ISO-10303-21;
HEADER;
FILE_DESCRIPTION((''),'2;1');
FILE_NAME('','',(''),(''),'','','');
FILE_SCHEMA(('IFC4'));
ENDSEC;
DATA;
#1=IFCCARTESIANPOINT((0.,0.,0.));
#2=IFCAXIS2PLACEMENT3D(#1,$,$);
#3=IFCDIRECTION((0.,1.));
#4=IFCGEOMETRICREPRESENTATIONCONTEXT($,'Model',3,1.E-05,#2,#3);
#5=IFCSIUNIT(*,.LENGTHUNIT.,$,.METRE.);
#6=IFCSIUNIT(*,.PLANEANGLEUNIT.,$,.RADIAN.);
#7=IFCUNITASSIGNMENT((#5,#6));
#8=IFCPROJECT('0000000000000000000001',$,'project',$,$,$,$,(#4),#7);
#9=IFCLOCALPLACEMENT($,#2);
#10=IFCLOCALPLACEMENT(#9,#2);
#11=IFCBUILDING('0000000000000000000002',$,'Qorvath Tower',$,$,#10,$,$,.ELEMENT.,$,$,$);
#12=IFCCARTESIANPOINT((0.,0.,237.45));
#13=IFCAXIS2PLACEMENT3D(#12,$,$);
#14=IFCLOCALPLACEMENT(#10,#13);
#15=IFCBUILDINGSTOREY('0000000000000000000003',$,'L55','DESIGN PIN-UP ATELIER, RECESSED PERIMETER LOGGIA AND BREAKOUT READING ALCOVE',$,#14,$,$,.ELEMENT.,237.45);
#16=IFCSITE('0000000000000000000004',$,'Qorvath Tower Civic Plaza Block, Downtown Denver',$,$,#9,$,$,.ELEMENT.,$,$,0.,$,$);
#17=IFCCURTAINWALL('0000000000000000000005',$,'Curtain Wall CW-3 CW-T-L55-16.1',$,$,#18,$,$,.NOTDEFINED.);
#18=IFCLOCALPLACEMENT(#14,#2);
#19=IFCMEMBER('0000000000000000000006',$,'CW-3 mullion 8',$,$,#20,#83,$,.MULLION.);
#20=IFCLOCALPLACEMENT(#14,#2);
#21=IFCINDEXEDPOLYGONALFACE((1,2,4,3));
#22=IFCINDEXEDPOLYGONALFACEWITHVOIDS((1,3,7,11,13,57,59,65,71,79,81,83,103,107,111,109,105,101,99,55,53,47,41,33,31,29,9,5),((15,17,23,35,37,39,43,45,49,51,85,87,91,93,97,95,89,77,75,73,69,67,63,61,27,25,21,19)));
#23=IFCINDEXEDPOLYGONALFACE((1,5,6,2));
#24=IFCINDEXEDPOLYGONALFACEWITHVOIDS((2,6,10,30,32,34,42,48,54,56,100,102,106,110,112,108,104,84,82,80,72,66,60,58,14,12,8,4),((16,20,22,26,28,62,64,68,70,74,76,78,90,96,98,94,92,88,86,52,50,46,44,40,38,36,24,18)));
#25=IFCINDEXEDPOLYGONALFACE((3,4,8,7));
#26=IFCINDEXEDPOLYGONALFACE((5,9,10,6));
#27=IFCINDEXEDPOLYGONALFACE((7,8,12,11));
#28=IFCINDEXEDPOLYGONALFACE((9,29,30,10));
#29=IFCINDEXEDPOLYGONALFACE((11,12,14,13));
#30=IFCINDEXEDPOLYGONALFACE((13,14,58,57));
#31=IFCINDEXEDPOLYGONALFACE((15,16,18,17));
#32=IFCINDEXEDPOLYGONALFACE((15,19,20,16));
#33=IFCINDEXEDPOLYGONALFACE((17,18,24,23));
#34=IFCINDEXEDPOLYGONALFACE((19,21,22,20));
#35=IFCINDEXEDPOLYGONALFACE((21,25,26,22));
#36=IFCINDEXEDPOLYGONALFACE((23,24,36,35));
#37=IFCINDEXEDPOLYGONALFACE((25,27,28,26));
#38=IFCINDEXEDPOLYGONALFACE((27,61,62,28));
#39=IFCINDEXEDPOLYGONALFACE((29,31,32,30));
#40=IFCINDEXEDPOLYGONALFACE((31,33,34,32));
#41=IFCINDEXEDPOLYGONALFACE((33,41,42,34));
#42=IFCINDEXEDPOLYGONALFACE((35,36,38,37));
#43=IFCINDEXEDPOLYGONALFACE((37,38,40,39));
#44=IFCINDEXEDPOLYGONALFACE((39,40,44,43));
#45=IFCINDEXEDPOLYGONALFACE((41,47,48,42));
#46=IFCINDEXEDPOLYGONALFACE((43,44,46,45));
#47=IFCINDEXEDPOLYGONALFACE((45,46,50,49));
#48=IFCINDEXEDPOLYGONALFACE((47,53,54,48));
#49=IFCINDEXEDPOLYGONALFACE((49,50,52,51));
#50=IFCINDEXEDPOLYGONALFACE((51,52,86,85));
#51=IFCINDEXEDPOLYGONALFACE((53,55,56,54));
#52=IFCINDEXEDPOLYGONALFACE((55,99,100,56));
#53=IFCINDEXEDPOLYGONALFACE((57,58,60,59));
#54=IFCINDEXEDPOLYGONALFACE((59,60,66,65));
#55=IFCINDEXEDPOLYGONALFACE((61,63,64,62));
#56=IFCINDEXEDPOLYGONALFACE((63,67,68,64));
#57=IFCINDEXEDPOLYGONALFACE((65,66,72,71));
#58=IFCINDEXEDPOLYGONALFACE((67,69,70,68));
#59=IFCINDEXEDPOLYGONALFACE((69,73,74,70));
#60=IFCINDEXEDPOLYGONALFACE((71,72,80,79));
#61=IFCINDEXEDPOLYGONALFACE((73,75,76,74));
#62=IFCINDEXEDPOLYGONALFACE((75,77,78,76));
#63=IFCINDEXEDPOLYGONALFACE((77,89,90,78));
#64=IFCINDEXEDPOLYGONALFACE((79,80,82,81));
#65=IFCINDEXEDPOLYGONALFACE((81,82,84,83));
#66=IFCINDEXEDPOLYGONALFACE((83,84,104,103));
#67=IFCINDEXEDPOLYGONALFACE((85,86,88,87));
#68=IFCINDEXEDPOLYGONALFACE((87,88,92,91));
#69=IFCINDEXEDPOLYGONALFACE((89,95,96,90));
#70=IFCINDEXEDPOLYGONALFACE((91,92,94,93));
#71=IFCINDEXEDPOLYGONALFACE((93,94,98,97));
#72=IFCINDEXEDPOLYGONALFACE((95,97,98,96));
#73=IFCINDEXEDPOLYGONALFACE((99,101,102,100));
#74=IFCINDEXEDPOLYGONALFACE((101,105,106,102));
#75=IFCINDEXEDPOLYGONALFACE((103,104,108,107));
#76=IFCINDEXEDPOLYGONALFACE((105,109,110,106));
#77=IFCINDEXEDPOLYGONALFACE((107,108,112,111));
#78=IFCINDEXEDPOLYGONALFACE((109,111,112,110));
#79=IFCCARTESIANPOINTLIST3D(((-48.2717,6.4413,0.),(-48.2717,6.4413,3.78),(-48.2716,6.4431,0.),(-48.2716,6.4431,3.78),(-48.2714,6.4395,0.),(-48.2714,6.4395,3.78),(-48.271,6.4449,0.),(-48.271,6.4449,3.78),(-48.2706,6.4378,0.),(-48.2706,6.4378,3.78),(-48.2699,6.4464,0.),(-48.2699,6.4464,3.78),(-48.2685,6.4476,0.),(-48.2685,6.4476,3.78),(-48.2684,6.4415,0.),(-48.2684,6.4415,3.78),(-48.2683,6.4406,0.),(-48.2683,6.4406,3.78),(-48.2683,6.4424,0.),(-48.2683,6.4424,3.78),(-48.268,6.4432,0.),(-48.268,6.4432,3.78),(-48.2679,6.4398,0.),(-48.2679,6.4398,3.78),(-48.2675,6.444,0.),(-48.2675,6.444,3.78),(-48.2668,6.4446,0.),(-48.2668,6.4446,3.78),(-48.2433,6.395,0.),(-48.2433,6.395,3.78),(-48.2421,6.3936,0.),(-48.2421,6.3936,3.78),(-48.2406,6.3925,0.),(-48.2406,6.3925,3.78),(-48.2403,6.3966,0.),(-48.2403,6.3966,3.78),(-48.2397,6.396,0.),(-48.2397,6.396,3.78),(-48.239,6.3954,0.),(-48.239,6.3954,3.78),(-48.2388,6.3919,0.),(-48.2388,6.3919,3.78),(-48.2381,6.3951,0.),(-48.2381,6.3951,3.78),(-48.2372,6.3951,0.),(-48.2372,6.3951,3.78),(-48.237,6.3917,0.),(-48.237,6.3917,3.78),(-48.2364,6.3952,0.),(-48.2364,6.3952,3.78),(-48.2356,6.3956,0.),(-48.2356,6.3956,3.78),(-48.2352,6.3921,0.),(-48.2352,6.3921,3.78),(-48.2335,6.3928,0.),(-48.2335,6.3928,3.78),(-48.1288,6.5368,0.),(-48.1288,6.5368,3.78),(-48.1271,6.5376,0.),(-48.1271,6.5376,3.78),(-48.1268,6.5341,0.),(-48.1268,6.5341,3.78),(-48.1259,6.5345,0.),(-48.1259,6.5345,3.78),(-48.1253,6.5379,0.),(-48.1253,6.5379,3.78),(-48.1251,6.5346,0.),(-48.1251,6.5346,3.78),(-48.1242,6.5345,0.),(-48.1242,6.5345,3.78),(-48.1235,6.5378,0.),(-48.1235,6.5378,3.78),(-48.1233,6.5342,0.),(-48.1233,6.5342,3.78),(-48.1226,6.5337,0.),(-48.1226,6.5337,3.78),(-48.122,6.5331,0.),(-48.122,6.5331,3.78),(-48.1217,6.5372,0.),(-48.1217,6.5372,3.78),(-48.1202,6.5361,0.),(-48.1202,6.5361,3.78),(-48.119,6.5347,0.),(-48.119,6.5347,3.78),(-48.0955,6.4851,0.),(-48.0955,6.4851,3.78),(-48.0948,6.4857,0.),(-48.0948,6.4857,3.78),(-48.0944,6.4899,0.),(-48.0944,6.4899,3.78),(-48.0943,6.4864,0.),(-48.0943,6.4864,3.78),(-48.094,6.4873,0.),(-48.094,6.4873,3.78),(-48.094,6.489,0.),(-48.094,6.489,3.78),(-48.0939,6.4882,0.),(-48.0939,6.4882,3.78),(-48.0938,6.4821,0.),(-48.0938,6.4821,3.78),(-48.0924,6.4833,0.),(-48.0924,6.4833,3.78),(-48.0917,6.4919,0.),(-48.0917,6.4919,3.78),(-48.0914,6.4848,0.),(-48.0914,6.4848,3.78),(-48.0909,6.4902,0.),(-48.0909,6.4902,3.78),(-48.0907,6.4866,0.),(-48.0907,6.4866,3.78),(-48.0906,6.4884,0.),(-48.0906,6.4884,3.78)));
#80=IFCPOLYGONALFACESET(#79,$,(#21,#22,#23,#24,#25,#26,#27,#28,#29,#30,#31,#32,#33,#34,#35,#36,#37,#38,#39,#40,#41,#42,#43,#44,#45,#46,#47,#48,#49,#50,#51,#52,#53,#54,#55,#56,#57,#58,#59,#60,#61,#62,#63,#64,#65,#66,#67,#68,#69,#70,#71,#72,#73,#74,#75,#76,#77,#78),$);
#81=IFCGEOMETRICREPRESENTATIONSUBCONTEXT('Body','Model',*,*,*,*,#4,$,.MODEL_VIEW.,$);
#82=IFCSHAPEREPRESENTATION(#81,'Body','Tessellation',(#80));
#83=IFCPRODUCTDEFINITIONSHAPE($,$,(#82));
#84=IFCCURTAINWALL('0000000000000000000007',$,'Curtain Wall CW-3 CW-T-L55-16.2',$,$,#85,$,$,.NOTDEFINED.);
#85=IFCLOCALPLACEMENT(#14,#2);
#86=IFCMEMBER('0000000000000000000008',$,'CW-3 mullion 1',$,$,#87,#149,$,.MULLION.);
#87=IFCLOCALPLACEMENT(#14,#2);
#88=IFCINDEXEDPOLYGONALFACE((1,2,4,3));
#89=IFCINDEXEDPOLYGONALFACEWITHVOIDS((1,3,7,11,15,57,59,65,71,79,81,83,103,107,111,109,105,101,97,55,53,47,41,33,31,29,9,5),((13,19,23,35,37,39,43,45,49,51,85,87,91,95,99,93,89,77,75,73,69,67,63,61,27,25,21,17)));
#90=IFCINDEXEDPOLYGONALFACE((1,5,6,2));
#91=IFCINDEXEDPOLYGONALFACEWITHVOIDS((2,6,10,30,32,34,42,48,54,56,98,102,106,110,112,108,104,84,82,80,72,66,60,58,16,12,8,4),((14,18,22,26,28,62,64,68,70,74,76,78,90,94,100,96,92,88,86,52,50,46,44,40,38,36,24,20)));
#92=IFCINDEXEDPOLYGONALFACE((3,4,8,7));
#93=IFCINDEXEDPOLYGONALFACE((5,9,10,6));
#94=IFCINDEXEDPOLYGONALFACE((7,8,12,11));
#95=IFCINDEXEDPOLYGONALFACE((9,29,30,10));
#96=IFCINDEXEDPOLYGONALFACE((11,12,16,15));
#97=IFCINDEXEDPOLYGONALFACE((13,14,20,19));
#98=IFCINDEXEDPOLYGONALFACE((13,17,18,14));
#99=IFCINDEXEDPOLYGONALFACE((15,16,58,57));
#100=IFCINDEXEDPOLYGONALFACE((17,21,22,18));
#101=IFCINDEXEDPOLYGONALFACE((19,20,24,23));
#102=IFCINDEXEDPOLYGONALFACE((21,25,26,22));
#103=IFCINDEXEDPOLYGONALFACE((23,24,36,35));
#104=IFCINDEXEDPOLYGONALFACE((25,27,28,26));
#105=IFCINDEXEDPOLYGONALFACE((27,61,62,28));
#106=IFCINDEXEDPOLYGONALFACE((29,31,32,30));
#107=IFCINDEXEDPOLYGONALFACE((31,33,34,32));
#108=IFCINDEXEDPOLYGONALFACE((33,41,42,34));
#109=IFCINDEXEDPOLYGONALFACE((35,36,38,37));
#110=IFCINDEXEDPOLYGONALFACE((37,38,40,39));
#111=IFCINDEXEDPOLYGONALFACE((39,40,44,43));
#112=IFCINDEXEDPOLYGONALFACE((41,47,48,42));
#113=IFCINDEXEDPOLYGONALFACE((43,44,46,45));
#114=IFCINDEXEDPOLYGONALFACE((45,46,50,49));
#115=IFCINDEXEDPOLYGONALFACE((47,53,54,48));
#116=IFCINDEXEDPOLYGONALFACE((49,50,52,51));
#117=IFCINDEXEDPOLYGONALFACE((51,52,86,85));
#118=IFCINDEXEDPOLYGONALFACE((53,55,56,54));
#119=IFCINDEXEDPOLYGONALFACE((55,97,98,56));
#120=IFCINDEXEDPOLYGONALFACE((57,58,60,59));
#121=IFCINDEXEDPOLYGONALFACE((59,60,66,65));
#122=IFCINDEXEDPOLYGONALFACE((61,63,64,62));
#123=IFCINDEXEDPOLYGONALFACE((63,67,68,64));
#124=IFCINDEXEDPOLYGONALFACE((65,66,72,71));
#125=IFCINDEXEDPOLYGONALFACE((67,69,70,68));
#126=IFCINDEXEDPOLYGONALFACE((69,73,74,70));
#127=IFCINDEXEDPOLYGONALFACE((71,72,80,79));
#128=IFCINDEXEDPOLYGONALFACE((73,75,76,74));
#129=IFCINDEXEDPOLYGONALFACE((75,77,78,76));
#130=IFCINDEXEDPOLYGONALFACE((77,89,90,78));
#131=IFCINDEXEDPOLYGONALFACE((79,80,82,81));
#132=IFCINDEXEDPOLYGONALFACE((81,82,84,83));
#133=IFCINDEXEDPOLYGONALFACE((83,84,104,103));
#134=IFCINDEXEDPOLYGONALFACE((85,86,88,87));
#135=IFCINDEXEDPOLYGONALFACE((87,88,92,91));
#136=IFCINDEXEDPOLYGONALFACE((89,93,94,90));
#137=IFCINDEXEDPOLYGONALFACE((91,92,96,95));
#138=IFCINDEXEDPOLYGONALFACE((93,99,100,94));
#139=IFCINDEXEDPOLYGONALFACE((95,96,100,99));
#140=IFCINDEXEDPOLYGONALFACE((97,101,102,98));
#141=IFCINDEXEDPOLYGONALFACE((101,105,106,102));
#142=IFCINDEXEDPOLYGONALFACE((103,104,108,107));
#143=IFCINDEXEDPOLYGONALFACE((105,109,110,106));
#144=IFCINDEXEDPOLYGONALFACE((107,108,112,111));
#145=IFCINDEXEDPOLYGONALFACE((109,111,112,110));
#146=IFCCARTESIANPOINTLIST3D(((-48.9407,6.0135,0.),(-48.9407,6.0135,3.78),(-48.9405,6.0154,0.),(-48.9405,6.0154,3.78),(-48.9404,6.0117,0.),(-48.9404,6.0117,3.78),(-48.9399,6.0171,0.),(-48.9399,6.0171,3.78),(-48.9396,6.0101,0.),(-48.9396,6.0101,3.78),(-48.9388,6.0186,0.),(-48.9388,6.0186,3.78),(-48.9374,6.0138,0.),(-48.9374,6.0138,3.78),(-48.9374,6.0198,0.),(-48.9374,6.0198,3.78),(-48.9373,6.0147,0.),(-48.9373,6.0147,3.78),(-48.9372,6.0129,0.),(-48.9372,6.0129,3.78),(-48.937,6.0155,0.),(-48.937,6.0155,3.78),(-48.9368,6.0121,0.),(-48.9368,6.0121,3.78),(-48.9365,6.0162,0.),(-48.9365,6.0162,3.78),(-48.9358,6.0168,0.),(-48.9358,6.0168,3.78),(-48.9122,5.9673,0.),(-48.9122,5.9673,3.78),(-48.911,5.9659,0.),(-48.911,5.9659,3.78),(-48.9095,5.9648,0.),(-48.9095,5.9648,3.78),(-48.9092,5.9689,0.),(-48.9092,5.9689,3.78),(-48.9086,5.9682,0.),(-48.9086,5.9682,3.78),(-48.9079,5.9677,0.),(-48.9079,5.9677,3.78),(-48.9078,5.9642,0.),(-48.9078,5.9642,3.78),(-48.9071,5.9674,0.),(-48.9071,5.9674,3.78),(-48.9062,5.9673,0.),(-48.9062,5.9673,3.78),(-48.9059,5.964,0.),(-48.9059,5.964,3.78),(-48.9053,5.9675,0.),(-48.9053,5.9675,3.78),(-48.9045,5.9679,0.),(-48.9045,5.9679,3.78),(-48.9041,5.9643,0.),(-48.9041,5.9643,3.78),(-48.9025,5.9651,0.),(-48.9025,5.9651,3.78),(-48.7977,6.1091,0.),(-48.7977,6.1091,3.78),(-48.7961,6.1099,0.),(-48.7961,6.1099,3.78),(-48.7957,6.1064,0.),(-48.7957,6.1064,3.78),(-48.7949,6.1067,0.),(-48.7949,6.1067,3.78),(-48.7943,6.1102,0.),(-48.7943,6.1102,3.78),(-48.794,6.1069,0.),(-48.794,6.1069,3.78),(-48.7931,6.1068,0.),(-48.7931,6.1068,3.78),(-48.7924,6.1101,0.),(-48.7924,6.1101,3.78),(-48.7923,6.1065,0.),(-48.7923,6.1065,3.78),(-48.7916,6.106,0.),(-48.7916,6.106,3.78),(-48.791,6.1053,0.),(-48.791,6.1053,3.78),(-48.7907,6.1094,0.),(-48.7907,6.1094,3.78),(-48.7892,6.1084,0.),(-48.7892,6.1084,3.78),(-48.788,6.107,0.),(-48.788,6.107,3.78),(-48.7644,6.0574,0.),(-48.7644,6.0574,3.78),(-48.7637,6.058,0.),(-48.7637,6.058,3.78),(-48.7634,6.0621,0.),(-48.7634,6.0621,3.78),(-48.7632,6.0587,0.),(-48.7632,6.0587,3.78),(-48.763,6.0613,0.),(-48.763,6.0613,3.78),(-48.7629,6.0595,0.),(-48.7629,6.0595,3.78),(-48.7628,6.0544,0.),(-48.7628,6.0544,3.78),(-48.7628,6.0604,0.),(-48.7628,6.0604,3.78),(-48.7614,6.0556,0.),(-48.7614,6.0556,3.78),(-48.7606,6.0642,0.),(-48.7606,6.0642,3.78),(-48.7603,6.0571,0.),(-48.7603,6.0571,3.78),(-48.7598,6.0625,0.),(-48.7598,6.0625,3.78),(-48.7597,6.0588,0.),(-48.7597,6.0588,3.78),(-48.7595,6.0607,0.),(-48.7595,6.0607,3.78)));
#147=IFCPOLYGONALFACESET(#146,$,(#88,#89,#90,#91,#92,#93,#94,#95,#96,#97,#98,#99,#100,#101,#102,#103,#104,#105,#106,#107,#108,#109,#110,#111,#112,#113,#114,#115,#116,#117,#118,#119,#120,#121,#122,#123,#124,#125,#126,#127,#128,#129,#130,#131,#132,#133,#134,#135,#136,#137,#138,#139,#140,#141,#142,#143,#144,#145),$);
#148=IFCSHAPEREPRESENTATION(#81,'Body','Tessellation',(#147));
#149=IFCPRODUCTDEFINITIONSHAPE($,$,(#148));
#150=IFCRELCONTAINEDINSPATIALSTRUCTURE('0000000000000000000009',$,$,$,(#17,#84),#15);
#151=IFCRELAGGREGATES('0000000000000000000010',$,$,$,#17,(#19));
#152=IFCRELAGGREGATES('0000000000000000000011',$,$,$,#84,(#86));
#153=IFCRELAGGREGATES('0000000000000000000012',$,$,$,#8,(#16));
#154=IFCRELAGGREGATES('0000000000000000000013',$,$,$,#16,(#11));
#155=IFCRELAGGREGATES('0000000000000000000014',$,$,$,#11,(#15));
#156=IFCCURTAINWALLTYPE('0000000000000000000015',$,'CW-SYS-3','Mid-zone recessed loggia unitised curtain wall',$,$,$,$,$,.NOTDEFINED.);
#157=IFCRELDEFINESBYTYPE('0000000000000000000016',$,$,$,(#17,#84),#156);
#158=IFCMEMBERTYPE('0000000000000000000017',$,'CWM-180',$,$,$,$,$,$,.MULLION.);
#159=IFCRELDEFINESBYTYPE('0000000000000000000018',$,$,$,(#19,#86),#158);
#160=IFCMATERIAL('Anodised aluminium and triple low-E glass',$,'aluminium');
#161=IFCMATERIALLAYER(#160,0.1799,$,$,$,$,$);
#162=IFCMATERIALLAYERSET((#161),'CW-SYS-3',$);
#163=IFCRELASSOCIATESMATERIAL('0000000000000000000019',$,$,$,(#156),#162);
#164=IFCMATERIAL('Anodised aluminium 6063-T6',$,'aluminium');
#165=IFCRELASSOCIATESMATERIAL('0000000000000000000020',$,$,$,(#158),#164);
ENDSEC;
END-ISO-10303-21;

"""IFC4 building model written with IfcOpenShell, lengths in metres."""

from ifc_helpers import new_model, si_unit, direction, frame, origin, origin_2d, place, context, subcontext, project, spatial, hollow_rectangle, extrude, material, layer, layer_set, material_profile, profile_set, type_object, element, aggregate, save


model = new_model("IFC4")

# Units and contexts
model_context = context("Model", 3, precision=1e-05, world=origin(), true_north=direction((0.0, 1.0)))
body_context = subcontext(model_context, "Body", "Model", "MODEL_VIEW")
ifc_project = project(units=[si_unit("LENGTHUNIT", "METRE"), si_unit("PLANEANGLEUNIT", "RADIAN")], contexts=[model_context])

# Site, building, storey
site_placement = place(None, origin())
site = spatial("IfcSite", under=ifc_project, at=site_placement, Name="Qorvath Tower Civic Plaza Block, Downtown Denver", CompositionType="ELEMENT", RefElevation=0.0)
building_placement = place(site_placement, origin())
building = spatial("IfcBuilding", under=site, at=building_placement, Name="Qorvath Tower", CompositionType="ELEMENT")
storey_placement = place(building_placement, frame((0.0, 0.0, 237.45)))
storey = spatial("IfcBuildingStorey", under=building, at=storey_placement, Name="L55", Description="DESIGN PIN-UP ATELIER, RECESSED PERIMETER LOGGIA AND BREAKOUT READING ALCOVE", CompositionType="ELEMENT", Elevation=237.45)

# Curtain walls, members
ifc_material_1 = material(Name="Anodised aluminium and triple low-E glass", Category="aluminium")
ifc_layer_1 = layer(ifc_material_1, 0.1799)
ifc_layer_set_1 = layer_set([ifc_layer_1], Name="CW-SYS-3")
curtain_wall_type = type_object("IfcCurtainWallType", Name="CW-SYS-3", Description="Mid-zone recessed loggia unitised curtain wall", PredefinedType="NOTDEFINED", material=ifc_layer_set_1)
curtain_wall_1_placement = place(storey_placement, origin())
curtain_wall_1 = element("IfcCurtainWall", 1, at=curtain_wall_1_placement, inside=storey, type_object=curtain_wall_type, Name="Curtain Wall CW-3 CW-T-L55-16.1", PredefinedType="NOTDEFINED")
ifc_material_2 = material(Name="Anodised aluminium 6063-T6", Category="aluminium")
ifc_material_profile_1 = material_profile(ifc_material_2, hollow_rectangle(XDim=0.0649, YDim=0.1799, WallThickness=0.0034, InnerFilletRadius=0.0034, OuterFilletRadius=0.0071, at=origin_2d()), Name="CWM 180x65")
ifc_profile_set_1 = profile_set([ifc_material_profile_1], Name="Anodised aluminium 6063-T6")
member_type_1 = type_object("IfcMemberType", Name="CWM-180", PredefinedType="MULLION", material=ifc_profile_set_1)
member_1_placement = place(storey_placement, frame((-48.1812, 6.4648, 0.0), z_axis=(0.0, 0.0, 1.0), x_axis=(0.538529, -0.842607, 0.0)))
member_1 = element("IfcMember", 2, at=member_1_placement, type_object=member_type_1, Name="CW-3 mullion 8", PredefinedType="MULLION", context=body_context, shape_type="SweptSolid", body=[
    extrude(hollow_rectangle(XDim=0.0649, YDim=0.1799, WallThickness=0.0034, InnerFilletRadius=0.0034, OuterFilletRadius=0.0071, at=origin_2d()), origin(), (0.0, 0.0, 1.0), 3.78),
])
curtain_wall_2_placement = place(storey_placement, origin())
curtain_wall_2 = element("IfcCurtainWall", 3, at=curtain_wall_2_placement, inside=storey, type_object=curtain_wall_type, Name="Curtain Wall CW-3 CW-T-L55-16.2", PredefinedType="NOTDEFINED")
member_2_placement = place(storey_placement, frame((-48.8501, 6.0371, 0.0), z_axis=(0.0, 0.0, 1.0), x_axis=(0.538538, -0.842601, 0.0)))
member_2 = element("IfcMember", 4, at=member_2_placement, type_object=member_type_1, Name="CW-3 mullion 1", PredefinedType="MULLION", context=body_context, shape_type="SweptSolid", body=[
    extrude(hollow_rectangle(XDim=0.0649, YDim=0.1799, WallThickness=0.0034, InnerFilletRadius=0.0034, OuterFilletRadius=0.0071, at=origin_2d()), origin(), (0.0, 0.0, 1.0), 3.78),
])

aggregate(curtain_wall_1, [member_1])
aggregate(curtain_wall_2, [member_2])

save(model, "model.ifc")
